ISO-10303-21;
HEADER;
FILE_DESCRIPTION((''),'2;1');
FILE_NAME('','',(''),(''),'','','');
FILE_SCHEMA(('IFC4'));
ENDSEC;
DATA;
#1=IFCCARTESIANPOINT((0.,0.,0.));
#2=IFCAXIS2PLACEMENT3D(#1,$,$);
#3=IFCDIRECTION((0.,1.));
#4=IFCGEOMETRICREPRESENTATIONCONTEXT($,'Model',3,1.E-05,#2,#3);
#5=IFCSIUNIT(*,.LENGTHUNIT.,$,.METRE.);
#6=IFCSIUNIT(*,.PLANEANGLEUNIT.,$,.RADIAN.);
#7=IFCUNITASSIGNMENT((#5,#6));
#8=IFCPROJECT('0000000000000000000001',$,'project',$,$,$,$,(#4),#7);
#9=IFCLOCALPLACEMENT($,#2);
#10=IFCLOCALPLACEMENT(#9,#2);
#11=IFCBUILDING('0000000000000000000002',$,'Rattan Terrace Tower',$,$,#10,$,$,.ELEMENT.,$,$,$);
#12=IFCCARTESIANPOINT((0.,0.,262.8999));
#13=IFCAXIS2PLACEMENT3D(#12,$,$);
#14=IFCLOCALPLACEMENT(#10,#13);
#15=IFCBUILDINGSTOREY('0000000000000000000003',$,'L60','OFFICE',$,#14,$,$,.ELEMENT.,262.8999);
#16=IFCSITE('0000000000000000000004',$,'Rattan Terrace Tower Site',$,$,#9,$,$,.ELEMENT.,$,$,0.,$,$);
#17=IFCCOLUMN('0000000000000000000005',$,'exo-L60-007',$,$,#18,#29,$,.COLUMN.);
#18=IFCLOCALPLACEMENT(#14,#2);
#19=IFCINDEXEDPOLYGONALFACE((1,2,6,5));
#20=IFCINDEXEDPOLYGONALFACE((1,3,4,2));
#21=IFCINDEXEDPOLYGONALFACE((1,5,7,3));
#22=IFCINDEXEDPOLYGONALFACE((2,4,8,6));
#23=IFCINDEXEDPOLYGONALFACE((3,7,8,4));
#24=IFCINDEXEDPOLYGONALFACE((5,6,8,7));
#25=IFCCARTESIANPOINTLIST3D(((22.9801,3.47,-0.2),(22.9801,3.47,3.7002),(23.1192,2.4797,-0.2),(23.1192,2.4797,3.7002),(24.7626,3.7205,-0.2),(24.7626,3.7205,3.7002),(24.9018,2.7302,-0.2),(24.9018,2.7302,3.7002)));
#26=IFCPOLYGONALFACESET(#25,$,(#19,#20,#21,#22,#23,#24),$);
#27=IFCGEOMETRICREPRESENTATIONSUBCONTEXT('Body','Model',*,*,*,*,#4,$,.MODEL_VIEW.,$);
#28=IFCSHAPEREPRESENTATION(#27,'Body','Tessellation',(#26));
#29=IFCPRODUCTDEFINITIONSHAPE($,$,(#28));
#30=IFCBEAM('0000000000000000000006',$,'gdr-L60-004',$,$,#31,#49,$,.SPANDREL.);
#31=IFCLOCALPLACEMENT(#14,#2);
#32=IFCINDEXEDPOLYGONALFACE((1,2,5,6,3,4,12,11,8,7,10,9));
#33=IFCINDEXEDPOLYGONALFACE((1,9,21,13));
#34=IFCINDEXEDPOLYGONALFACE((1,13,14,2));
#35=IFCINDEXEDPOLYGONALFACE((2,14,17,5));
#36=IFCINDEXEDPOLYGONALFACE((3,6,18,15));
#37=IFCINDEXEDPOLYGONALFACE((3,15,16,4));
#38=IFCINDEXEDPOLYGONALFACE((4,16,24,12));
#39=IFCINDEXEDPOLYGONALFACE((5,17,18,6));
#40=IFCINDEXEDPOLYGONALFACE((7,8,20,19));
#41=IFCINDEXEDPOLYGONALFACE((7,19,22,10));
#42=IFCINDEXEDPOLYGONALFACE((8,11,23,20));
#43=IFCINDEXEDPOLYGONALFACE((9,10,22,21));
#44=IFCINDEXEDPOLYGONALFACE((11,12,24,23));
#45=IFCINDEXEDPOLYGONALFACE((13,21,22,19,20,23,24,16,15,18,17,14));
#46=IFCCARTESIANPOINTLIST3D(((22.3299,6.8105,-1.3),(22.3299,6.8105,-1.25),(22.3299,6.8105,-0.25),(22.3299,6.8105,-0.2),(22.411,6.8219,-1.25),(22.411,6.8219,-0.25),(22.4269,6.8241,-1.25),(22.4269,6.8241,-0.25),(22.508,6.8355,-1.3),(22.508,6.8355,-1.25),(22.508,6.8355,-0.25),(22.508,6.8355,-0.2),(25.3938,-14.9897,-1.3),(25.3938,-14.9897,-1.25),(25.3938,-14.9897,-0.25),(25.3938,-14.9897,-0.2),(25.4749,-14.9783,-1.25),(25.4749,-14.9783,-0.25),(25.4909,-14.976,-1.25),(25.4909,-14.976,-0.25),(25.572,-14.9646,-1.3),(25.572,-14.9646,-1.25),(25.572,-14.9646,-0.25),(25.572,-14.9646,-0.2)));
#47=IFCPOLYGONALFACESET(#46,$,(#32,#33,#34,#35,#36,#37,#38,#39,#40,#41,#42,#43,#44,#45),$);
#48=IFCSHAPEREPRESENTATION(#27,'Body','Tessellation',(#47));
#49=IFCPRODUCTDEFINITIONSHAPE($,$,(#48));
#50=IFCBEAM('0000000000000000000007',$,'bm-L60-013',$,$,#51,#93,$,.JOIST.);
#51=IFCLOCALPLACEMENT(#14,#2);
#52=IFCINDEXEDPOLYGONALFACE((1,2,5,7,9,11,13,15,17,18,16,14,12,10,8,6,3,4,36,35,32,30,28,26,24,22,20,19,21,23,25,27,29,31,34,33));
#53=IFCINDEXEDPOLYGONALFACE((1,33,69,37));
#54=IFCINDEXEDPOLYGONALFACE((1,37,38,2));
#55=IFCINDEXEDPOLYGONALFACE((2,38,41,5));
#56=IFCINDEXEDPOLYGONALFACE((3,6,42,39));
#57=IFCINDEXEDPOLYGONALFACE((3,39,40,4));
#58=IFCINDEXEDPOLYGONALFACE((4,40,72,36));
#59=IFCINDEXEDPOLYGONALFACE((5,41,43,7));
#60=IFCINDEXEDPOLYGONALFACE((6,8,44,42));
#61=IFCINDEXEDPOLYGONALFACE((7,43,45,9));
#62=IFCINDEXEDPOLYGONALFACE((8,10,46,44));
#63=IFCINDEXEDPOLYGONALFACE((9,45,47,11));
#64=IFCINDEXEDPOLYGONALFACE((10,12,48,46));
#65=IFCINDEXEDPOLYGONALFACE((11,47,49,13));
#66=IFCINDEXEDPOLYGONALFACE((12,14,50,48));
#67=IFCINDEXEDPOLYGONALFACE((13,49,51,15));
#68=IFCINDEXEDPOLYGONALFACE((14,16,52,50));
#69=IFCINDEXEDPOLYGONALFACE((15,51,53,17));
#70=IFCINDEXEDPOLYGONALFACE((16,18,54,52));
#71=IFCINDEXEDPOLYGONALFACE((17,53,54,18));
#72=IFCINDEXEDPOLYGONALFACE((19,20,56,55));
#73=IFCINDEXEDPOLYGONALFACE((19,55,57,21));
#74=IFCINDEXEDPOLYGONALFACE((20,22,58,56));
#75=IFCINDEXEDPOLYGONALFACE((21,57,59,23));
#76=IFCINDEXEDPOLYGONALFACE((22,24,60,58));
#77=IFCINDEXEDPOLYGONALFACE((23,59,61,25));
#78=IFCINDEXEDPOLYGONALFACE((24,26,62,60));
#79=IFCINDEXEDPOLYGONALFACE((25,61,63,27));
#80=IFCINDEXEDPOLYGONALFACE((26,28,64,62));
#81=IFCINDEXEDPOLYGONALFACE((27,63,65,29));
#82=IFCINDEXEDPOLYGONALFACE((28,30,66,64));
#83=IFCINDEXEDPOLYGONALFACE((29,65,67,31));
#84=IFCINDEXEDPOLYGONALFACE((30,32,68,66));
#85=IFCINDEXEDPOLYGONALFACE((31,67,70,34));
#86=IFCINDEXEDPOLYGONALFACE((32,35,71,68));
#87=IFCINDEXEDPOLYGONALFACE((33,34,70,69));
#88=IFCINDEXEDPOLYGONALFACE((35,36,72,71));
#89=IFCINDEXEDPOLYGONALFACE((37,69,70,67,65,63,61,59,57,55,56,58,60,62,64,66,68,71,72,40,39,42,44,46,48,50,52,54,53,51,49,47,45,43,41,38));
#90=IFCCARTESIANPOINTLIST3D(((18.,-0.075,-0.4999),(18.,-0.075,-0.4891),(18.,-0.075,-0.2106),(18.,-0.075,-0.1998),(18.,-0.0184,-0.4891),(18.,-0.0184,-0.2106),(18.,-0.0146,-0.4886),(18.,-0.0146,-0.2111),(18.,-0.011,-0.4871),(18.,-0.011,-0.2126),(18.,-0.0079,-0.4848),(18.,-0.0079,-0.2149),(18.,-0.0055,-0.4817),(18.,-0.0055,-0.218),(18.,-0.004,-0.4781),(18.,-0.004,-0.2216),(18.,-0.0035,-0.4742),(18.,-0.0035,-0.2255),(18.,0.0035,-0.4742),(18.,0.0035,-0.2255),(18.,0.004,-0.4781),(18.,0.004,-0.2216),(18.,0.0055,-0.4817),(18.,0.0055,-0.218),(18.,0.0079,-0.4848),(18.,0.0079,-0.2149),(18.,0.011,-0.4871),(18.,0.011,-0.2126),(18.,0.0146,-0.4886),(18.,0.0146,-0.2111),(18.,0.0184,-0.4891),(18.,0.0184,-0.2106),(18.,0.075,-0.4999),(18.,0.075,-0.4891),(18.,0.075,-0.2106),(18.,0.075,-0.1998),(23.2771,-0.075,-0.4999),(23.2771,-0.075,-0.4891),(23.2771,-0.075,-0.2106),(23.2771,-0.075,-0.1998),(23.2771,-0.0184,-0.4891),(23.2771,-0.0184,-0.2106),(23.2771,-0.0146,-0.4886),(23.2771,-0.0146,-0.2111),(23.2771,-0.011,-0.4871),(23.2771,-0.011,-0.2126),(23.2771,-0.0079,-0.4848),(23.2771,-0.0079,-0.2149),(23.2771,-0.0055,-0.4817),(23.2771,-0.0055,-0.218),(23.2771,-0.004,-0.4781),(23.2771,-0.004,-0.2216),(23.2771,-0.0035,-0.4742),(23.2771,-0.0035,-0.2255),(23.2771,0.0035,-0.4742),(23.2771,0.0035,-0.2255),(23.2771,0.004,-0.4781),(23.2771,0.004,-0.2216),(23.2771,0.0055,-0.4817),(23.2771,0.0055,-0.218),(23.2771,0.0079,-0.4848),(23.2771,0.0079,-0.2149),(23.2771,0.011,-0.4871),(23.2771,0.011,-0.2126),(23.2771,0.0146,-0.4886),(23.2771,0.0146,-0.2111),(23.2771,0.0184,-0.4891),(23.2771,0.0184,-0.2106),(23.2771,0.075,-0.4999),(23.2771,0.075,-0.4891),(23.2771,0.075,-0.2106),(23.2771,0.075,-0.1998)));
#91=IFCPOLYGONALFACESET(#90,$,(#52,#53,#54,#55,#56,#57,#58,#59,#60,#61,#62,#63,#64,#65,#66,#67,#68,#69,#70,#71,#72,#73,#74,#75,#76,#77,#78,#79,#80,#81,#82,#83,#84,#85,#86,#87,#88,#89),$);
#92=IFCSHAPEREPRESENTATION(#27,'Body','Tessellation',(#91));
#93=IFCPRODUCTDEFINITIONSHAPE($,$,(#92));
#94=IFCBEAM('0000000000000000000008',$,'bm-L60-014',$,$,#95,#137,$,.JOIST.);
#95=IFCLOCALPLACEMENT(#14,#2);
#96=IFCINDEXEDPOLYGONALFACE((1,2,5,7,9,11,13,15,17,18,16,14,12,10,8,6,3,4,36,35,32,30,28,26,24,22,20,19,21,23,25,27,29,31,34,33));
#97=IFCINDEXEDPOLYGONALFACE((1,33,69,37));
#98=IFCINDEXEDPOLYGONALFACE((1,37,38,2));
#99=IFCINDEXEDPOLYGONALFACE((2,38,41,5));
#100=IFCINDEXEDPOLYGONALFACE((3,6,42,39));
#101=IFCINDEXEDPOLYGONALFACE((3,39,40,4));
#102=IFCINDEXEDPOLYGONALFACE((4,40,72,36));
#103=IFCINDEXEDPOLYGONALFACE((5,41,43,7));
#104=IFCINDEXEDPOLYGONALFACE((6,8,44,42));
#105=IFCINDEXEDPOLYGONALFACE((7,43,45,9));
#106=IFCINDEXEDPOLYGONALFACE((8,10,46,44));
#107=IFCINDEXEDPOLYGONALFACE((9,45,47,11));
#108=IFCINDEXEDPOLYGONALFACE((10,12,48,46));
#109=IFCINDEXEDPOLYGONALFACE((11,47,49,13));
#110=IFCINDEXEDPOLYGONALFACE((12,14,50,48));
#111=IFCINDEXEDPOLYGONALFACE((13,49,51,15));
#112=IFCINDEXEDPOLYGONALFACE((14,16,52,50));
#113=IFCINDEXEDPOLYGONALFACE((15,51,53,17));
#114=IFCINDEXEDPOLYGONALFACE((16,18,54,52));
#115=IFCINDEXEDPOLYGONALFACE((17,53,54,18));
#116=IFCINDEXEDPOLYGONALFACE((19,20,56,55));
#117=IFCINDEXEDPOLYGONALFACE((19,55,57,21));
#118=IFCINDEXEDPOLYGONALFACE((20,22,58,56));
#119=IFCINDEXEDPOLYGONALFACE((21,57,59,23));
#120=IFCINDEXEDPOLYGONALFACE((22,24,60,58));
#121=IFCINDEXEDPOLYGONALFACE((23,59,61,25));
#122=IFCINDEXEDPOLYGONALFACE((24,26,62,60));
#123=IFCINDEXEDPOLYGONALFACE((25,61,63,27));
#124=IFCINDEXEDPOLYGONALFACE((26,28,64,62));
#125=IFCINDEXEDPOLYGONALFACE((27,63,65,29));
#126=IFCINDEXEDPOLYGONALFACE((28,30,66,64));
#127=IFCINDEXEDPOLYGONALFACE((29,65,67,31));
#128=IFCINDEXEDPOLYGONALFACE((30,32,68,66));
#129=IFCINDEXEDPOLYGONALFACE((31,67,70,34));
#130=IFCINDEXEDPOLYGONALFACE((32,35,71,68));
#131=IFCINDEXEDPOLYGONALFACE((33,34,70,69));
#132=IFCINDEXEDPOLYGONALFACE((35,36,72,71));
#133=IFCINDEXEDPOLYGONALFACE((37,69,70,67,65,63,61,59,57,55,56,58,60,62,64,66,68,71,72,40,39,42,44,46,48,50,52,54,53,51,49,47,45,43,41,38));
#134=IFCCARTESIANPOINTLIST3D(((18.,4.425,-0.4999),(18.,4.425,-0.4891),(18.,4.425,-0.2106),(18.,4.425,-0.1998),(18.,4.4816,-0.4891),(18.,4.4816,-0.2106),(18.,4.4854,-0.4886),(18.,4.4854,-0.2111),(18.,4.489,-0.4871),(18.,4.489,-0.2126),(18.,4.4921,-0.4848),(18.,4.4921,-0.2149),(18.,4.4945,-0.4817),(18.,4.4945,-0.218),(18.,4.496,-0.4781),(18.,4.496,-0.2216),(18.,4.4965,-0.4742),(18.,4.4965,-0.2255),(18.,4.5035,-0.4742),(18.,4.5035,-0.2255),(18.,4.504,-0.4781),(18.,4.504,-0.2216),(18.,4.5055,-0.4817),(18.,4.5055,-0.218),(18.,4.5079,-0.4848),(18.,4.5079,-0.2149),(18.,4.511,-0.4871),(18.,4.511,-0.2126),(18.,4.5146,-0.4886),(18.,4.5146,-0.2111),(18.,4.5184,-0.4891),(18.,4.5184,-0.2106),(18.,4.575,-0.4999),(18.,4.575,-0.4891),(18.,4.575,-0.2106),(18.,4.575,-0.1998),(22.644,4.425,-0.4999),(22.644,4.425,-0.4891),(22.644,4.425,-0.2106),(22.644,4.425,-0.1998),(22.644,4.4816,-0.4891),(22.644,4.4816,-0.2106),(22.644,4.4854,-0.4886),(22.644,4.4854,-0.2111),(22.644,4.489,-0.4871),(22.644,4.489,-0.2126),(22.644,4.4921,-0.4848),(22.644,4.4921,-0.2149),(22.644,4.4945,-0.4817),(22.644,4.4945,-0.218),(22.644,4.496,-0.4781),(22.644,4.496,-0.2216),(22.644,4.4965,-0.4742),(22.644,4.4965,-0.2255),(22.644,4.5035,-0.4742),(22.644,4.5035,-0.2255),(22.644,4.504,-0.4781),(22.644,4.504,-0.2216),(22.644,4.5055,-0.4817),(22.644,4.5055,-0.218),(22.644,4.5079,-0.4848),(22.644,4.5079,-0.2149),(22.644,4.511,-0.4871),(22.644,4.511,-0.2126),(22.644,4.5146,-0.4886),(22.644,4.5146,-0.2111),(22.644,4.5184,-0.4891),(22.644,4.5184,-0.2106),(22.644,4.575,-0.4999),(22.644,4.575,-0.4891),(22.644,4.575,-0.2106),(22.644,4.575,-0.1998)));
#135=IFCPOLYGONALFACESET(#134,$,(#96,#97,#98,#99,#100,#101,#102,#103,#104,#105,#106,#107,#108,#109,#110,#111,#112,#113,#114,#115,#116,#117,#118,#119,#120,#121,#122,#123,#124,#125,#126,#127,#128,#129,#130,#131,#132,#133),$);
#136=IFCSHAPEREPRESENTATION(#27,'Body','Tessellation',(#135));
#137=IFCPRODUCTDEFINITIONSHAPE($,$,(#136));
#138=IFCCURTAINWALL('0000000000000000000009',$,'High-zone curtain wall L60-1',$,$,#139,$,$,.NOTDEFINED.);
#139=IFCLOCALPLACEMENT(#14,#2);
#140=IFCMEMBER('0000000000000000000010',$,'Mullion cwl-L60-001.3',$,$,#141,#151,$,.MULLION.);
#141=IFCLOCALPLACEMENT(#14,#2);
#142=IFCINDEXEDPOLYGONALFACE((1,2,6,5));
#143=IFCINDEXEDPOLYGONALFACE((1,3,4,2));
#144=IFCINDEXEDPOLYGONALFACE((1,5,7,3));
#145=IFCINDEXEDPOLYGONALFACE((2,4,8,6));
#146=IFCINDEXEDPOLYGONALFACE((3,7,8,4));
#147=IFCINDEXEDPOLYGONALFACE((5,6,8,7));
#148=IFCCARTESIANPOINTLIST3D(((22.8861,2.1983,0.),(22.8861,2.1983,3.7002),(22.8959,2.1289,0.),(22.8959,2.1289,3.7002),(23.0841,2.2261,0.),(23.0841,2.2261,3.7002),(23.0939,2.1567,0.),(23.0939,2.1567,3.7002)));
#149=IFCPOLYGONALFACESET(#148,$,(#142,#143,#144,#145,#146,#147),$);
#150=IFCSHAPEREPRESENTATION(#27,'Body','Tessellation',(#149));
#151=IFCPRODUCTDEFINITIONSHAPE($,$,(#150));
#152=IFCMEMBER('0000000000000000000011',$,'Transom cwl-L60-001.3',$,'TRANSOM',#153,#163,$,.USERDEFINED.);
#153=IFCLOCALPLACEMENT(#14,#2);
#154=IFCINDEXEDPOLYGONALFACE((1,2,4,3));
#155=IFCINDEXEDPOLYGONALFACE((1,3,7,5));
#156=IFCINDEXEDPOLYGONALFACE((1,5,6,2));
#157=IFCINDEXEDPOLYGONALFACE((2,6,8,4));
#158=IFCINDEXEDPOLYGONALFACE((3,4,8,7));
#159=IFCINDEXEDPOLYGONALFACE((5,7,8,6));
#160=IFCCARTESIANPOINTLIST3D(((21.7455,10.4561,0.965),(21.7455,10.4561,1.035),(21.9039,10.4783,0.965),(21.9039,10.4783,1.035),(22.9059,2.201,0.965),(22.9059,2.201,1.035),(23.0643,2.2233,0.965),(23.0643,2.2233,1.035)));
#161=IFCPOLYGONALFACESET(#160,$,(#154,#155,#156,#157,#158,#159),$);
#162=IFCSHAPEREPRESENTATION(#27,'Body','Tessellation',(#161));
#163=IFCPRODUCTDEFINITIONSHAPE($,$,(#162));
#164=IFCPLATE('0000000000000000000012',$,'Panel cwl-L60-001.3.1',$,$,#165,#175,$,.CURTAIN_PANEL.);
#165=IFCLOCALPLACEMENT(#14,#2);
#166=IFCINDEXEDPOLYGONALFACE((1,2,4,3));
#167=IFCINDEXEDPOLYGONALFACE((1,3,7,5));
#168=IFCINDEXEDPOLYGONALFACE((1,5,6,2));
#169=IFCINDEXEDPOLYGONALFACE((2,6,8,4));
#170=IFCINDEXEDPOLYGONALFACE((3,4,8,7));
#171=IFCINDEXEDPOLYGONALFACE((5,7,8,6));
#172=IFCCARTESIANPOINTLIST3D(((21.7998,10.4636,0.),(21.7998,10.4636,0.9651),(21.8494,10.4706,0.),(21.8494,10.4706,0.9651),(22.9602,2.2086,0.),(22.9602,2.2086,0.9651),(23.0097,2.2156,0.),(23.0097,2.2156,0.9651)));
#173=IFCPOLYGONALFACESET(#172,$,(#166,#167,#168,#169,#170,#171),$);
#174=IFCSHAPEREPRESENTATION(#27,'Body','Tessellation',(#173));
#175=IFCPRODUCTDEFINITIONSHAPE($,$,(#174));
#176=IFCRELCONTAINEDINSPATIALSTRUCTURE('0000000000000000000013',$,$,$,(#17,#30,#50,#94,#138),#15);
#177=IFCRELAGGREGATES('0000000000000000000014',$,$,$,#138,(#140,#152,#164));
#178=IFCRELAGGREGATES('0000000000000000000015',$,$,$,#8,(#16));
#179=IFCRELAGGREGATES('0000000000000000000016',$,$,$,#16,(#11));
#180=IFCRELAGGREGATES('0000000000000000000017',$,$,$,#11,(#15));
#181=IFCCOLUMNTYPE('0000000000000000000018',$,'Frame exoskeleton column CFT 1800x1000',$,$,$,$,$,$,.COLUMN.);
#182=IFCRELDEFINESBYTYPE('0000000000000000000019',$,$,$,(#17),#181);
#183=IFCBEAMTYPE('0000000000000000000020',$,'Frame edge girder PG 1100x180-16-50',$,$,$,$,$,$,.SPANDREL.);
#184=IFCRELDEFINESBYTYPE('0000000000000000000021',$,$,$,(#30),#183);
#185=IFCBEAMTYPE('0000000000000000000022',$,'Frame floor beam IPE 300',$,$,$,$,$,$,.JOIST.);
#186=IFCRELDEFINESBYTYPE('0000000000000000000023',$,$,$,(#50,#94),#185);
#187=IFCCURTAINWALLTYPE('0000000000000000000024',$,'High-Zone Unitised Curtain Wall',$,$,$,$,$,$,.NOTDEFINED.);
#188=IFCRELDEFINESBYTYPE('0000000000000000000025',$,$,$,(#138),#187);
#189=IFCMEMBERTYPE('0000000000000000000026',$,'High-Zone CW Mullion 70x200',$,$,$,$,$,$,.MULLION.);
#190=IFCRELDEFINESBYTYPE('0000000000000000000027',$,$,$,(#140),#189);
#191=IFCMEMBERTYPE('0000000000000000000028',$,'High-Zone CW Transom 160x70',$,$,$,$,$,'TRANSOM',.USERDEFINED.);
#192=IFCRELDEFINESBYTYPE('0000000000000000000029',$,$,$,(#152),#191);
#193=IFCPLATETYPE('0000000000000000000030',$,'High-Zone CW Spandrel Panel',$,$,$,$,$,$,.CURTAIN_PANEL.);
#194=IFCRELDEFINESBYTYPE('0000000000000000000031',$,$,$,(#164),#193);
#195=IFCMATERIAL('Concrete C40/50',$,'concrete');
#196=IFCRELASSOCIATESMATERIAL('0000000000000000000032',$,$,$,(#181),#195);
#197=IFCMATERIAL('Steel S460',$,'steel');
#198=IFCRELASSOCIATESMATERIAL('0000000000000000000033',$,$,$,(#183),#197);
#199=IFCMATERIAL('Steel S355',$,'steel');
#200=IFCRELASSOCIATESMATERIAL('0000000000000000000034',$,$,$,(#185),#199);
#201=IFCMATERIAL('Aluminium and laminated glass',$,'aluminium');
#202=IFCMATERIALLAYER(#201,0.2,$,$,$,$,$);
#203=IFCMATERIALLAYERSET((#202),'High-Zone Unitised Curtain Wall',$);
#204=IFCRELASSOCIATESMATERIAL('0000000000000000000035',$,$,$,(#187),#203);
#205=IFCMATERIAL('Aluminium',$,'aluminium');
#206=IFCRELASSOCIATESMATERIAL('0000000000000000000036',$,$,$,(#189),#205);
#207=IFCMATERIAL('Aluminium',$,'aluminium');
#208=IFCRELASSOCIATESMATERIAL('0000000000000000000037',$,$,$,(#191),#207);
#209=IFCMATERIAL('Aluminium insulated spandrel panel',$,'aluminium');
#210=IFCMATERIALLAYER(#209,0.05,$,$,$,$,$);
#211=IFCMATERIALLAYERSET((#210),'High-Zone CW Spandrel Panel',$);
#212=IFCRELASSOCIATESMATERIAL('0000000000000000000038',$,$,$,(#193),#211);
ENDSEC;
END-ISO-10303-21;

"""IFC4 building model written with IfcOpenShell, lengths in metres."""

from ifc_helpers import new_model, si_unit, direction, frame, origin, origin_2d, place, context, subcontext, project, spatial, rectangle, i_section, extrude, material, layer, layer_set, material_profile, profile_set, type_object, element, aggregate, save


model = new_model("IFC4")

# Units and contexts
model_context = context("Model", 3, precision=1e-05, world=origin(), true_north=direction((0.0, 1.0)))
body_context = subcontext(model_context, "Body", "Model", "MODEL_VIEW")
ifc_project = project(units=[si_unit("LENGTHUNIT", "METRE"), si_unit("PLANEANGLEUNIT", "RADIAN")], contexts=[model_context])

# Site, building, storey
site_placement = place(None, origin())
site = spatial("IfcSite", under=ifc_project, at=site_placement, Name="Rattan Terrace Tower Site", CompositionType="ELEMENT", RefElevation=0.0)
building_placement = place(site_placement, origin())
building = spatial("IfcBuilding", under=site, at=building_placement, Name="Rattan Terrace Tower", CompositionType="ELEMENT")
storey_placement = place(building_placement, frame((0.0, 0.0, 262.8999)))
storey = spatial("IfcBuildingStorey", under=building, at=storey_placement, Name="L60", Description="OFFICE", CompositionType="ELEMENT", Elevation=262.8999)

# Column
ifc_material_1 = material(Name="Concrete C40/50", Category="concrete")
ifc_material_profile_1 = material_profile(ifc_material_1, rectangle(XDim=1.0, YDim=1.8, at=origin_2d()), Name="CFT 1800x1000")
ifc_profile_set_1 = profile_set([ifc_material_profile_1], Name="Concrete C40/50")
column_type = type_object("IfcColumnType", Name="Frame exoskeleton column CFT 1800x1000", PredefinedType="COLUMN", material=ifc_profile_set_1)
column_placement = place(storey_placement, frame((23.9409, 3.1001, -0.2), z_axis=(0.0, 0.0, 1.0), x_axis=(-0.13919, 0.990266, 0.0)))
element("IfcColumn", 1, at=column_placement, inside=storey, type_object=column_type, Name="exo-L60-007", PredefinedType="COLUMN", context=body_context, shape_type="SweptSolid", body=[
    extrude(rectangle(XDim=1.0, YDim=1.8, at=origin_2d()), origin(), (0.0, 0.0, 1.0), 3.9001),
])

# Beams
ifc_material_2 = material(Name="Steel S460", Category="steel")
ifc_material_profile_2 = material_profile(ifc_material_2, i_section(OverallWidth=0.1799, OverallDepth=1.1001, WebThickness=0.0161, FlangeThickness=0.05, at=origin_2d()), Name="PG 1100x180-16-50")
ifc_profile_set_2 = profile_set([ifc_material_profile_2], Name="Steel S460")
beam_type_1 = type_object("IfcBeamType", Name="Frame edge girder PG 1100x180-16-50", PredefinedType="SPANDREL", material=ifc_profile_set_2)
beam_1_placement = place(storey_placement, frame((22.4189, 6.823, -0.75), z_axis=(0.139181, -0.990267, 0.0), x_axis=(0.990267, 0.139181, 0.0)))
element("IfcBeam", 2, at=beam_1_placement, inside=storey, type_object=beam_type_1, Name="gdr-L60-004", PredefinedType="SPANDREL", context=body_context, shape_type="SweptSolid", body=[
    extrude(i_section(OverallWidth=0.1799, OverallDepth=1.1001, WebThickness=0.0161, FlangeThickness=0.05, at=origin_2d()), origin(), (0.0, 0.0, 1.0), 22.0144),
])
ifc_material_3 = material(Name="Steel S355", Category="steel")
ifc_material_profile_3 = material_profile(ifc_material_3, i_section(OverallWidth=0.1499, OverallDepth=0.3, WebThickness=0.0071, FlangeThickness=0.0107, FilletRadius=0.0149, at=origin_2d()), Name="IPE 300")
ifc_profile_set_3 = profile_set([ifc_material_profile_3], Name="Steel S355")
beam_type_2 = type_object("IfcBeamType", Name="Frame floor beam IPE 300", PredefinedType="JOIST", material=ifc_profile_set_3)
beam_2_placement = place(storey_placement, frame((18.0, 0.0, -0.3499), z_axis=(1.0, 0.0, 0.0), x_axis=(0.0, 1.0, 0.0)))
element("IfcBeam", 3, at=beam_2_placement, inside=storey, type_object=beam_type_2, Name="bm-L60-013", PredefinedType="JOIST", context=body_context, shape_type="SweptSolid", body=[
    extrude(i_section(OverallWidth=0.1499, OverallDepth=0.3, WebThickness=0.0071, FlangeThickness=0.0107, FilletRadius=0.0149, at=origin_2d()), origin(), (0.0, 0.0, 1.0), 5.2771),
])
beam_3_placement = place(storey_placement, frame((18.0, 4.5, -0.3499), z_axis=(1.0, 0.0, 0.0), x_axis=(0.0, 1.0, 0.0)))
element("IfcBeam", 4, at=beam_3_placement, inside=storey, type_object=beam_type_2, Name="bm-L60-014", PredefinedType="JOIST", context=body_context, shape_type="SweptSolid", body=[
    extrude(i_section(OverallWidth=0.1499, OverallDepth=0.3, WebThickness=0.0071, FlangeThickness=0.0107, FilletRadius=0.0149, at=origin_2d()), origin(), (0.0, 0.0, 1.0), 4.644),
])

# Curtain wall, members, plate
ifc_material_4 = material(Name="Aluminium and laminated glass", Category="aluminium")
ifc_layer_1 = layer(ifc_material_4, 0.2)
ifc_layer_set_1 = layer_set([ifc_layer_1], Name="High-Zone Unitised Curtain Wall")
curtain_wall_type = type_object("IfcCurtainWallType", Name="High-Zone Unitised Curtain Wall", PredefinedType="NOTDEFINED", material=ifc_layer_set_1)
curtain_wall_placement = place(storey_placement, origin())
curtain_wall = element("IfcCurtainWall", 5, at=curtain_wall_placement, inside=storey, type_object=curtain_wall_type, Name="High-zone curtain wall L60-1", PredefinedType="NOTDEFINED")
ifc_material_5 = material(Name="Aluminium", Category="aluminium")
ifc_material_profile_4 = material_profile(ifc_material_5, rectangle(XDim=0.0701, YDim=0.2, at=origin_2d()), Name="Aluminium 70x200")
ifc_profile_set_4 = profile_set([ifc_material_profile_4], Name="Aluminium")
member_type_1 = type_object("IfcMemberType", Name="High-Zone CW Mullion 70x200", PredefinedType="MULLION", material=ifc_profile_set_4)
member_1_placement = place(storey_placement, frame((22.99, 2.1775, 0.0), z_axis=(0.0, 0.0, 1.0), x_axis=(-0.139192, 0.990265, 0.0)))
member_1 = element("IfcMember", 6, at=member_1_placement, type_object=member_type_1, Name="Mullion cwl-L60-001.3", PredefinedType="MULLION", context=body_context, shape_type="SweptSolid", body=[
    extrude(rectangle(XDim=0.0701, YDim=0.2, at=origin_2d()), origin(), (0.0, 0.0, 1.0), 3.7002),
])
ifc_material_6 = material(Name="Aluminium", Category="aluminium")
ifc_material_profile_5 = material_profile(ifc_material_6, rectangle(XDim=0.1599, YDim=0.0701, at=origin_2d()), Name="Aluminium 160x70")
ifc_profile_set_5 = profile_set([ifc_material_profile_5], Name="Aluminium")
member_type_2 = type_object("IfcMemberType", Name="High-Zone CW Transom 160x70", ElementType="TRANSOM", PredefinedType="USERDEFINED", material=ifc_profile_set_5)
member_2_placement = place(storey_placement, frame((22.9851, 2.2122, 1.0), z_axis=(-0.139199, 0.990264, 0.0), x_axis=(-0.990264, -0.139199, 0.0)))
member_2 = element("IfcMember", 7, at=member_2_placement, type_object=member_type_2, Name="Transom cwl-L60-001.3", ObjectType="TRANSOM", PredefinedType="USERDEFINED", context=body_context, shape_type="SweptSolid", body=[
    extrude(rectangle(XDim=0.1599, YDim=0.0701, at=origin_2d()), origin(), (0.0, 0.0, 1.0), 8.3362),
])
ifc_material_7 = material(Name="Aluminium insulated spandrel panel", Category="aluminium")
ifc_layer_2 = layer(ifc_material_7, 0.05)
ifc_layer_set_2 = layer_set([ifc_layer_2], Name="High-Zone CW Spandrel Panel")
plate_type_1 = type_object("IfcPlateType", Name="High-Zone CW Spandrel Panel", PredefinedType="CURTAIN_PANEL", material=ifc_layer_set_2)
plate_1_placement = place(storey_placement, frame((22.4048, 6.3396, 0.0), z_axis=(0.0, 0.0, 1.0), x_axis=(-0.139192, 0.990265, 0.0)))
plate_1 = element("IfcPlate", 8, at=plate_1_placement, type_object=plate_type_1, Name="Panel cwl-L60-001.3.1", PredefinedType="CURTAIN_PANEL", context=body_context, shape_type="SweptSolid", body=[
    extrude(rectangle(XDim=8.3362, YDim=0.05, at=origin_2d()), origin(), (0.0, 0.0, 1.0), 0.9651),
])
aggregate(curtain_wall, [member_1, member_2, plate_1])

save(model, "model.ifc")
